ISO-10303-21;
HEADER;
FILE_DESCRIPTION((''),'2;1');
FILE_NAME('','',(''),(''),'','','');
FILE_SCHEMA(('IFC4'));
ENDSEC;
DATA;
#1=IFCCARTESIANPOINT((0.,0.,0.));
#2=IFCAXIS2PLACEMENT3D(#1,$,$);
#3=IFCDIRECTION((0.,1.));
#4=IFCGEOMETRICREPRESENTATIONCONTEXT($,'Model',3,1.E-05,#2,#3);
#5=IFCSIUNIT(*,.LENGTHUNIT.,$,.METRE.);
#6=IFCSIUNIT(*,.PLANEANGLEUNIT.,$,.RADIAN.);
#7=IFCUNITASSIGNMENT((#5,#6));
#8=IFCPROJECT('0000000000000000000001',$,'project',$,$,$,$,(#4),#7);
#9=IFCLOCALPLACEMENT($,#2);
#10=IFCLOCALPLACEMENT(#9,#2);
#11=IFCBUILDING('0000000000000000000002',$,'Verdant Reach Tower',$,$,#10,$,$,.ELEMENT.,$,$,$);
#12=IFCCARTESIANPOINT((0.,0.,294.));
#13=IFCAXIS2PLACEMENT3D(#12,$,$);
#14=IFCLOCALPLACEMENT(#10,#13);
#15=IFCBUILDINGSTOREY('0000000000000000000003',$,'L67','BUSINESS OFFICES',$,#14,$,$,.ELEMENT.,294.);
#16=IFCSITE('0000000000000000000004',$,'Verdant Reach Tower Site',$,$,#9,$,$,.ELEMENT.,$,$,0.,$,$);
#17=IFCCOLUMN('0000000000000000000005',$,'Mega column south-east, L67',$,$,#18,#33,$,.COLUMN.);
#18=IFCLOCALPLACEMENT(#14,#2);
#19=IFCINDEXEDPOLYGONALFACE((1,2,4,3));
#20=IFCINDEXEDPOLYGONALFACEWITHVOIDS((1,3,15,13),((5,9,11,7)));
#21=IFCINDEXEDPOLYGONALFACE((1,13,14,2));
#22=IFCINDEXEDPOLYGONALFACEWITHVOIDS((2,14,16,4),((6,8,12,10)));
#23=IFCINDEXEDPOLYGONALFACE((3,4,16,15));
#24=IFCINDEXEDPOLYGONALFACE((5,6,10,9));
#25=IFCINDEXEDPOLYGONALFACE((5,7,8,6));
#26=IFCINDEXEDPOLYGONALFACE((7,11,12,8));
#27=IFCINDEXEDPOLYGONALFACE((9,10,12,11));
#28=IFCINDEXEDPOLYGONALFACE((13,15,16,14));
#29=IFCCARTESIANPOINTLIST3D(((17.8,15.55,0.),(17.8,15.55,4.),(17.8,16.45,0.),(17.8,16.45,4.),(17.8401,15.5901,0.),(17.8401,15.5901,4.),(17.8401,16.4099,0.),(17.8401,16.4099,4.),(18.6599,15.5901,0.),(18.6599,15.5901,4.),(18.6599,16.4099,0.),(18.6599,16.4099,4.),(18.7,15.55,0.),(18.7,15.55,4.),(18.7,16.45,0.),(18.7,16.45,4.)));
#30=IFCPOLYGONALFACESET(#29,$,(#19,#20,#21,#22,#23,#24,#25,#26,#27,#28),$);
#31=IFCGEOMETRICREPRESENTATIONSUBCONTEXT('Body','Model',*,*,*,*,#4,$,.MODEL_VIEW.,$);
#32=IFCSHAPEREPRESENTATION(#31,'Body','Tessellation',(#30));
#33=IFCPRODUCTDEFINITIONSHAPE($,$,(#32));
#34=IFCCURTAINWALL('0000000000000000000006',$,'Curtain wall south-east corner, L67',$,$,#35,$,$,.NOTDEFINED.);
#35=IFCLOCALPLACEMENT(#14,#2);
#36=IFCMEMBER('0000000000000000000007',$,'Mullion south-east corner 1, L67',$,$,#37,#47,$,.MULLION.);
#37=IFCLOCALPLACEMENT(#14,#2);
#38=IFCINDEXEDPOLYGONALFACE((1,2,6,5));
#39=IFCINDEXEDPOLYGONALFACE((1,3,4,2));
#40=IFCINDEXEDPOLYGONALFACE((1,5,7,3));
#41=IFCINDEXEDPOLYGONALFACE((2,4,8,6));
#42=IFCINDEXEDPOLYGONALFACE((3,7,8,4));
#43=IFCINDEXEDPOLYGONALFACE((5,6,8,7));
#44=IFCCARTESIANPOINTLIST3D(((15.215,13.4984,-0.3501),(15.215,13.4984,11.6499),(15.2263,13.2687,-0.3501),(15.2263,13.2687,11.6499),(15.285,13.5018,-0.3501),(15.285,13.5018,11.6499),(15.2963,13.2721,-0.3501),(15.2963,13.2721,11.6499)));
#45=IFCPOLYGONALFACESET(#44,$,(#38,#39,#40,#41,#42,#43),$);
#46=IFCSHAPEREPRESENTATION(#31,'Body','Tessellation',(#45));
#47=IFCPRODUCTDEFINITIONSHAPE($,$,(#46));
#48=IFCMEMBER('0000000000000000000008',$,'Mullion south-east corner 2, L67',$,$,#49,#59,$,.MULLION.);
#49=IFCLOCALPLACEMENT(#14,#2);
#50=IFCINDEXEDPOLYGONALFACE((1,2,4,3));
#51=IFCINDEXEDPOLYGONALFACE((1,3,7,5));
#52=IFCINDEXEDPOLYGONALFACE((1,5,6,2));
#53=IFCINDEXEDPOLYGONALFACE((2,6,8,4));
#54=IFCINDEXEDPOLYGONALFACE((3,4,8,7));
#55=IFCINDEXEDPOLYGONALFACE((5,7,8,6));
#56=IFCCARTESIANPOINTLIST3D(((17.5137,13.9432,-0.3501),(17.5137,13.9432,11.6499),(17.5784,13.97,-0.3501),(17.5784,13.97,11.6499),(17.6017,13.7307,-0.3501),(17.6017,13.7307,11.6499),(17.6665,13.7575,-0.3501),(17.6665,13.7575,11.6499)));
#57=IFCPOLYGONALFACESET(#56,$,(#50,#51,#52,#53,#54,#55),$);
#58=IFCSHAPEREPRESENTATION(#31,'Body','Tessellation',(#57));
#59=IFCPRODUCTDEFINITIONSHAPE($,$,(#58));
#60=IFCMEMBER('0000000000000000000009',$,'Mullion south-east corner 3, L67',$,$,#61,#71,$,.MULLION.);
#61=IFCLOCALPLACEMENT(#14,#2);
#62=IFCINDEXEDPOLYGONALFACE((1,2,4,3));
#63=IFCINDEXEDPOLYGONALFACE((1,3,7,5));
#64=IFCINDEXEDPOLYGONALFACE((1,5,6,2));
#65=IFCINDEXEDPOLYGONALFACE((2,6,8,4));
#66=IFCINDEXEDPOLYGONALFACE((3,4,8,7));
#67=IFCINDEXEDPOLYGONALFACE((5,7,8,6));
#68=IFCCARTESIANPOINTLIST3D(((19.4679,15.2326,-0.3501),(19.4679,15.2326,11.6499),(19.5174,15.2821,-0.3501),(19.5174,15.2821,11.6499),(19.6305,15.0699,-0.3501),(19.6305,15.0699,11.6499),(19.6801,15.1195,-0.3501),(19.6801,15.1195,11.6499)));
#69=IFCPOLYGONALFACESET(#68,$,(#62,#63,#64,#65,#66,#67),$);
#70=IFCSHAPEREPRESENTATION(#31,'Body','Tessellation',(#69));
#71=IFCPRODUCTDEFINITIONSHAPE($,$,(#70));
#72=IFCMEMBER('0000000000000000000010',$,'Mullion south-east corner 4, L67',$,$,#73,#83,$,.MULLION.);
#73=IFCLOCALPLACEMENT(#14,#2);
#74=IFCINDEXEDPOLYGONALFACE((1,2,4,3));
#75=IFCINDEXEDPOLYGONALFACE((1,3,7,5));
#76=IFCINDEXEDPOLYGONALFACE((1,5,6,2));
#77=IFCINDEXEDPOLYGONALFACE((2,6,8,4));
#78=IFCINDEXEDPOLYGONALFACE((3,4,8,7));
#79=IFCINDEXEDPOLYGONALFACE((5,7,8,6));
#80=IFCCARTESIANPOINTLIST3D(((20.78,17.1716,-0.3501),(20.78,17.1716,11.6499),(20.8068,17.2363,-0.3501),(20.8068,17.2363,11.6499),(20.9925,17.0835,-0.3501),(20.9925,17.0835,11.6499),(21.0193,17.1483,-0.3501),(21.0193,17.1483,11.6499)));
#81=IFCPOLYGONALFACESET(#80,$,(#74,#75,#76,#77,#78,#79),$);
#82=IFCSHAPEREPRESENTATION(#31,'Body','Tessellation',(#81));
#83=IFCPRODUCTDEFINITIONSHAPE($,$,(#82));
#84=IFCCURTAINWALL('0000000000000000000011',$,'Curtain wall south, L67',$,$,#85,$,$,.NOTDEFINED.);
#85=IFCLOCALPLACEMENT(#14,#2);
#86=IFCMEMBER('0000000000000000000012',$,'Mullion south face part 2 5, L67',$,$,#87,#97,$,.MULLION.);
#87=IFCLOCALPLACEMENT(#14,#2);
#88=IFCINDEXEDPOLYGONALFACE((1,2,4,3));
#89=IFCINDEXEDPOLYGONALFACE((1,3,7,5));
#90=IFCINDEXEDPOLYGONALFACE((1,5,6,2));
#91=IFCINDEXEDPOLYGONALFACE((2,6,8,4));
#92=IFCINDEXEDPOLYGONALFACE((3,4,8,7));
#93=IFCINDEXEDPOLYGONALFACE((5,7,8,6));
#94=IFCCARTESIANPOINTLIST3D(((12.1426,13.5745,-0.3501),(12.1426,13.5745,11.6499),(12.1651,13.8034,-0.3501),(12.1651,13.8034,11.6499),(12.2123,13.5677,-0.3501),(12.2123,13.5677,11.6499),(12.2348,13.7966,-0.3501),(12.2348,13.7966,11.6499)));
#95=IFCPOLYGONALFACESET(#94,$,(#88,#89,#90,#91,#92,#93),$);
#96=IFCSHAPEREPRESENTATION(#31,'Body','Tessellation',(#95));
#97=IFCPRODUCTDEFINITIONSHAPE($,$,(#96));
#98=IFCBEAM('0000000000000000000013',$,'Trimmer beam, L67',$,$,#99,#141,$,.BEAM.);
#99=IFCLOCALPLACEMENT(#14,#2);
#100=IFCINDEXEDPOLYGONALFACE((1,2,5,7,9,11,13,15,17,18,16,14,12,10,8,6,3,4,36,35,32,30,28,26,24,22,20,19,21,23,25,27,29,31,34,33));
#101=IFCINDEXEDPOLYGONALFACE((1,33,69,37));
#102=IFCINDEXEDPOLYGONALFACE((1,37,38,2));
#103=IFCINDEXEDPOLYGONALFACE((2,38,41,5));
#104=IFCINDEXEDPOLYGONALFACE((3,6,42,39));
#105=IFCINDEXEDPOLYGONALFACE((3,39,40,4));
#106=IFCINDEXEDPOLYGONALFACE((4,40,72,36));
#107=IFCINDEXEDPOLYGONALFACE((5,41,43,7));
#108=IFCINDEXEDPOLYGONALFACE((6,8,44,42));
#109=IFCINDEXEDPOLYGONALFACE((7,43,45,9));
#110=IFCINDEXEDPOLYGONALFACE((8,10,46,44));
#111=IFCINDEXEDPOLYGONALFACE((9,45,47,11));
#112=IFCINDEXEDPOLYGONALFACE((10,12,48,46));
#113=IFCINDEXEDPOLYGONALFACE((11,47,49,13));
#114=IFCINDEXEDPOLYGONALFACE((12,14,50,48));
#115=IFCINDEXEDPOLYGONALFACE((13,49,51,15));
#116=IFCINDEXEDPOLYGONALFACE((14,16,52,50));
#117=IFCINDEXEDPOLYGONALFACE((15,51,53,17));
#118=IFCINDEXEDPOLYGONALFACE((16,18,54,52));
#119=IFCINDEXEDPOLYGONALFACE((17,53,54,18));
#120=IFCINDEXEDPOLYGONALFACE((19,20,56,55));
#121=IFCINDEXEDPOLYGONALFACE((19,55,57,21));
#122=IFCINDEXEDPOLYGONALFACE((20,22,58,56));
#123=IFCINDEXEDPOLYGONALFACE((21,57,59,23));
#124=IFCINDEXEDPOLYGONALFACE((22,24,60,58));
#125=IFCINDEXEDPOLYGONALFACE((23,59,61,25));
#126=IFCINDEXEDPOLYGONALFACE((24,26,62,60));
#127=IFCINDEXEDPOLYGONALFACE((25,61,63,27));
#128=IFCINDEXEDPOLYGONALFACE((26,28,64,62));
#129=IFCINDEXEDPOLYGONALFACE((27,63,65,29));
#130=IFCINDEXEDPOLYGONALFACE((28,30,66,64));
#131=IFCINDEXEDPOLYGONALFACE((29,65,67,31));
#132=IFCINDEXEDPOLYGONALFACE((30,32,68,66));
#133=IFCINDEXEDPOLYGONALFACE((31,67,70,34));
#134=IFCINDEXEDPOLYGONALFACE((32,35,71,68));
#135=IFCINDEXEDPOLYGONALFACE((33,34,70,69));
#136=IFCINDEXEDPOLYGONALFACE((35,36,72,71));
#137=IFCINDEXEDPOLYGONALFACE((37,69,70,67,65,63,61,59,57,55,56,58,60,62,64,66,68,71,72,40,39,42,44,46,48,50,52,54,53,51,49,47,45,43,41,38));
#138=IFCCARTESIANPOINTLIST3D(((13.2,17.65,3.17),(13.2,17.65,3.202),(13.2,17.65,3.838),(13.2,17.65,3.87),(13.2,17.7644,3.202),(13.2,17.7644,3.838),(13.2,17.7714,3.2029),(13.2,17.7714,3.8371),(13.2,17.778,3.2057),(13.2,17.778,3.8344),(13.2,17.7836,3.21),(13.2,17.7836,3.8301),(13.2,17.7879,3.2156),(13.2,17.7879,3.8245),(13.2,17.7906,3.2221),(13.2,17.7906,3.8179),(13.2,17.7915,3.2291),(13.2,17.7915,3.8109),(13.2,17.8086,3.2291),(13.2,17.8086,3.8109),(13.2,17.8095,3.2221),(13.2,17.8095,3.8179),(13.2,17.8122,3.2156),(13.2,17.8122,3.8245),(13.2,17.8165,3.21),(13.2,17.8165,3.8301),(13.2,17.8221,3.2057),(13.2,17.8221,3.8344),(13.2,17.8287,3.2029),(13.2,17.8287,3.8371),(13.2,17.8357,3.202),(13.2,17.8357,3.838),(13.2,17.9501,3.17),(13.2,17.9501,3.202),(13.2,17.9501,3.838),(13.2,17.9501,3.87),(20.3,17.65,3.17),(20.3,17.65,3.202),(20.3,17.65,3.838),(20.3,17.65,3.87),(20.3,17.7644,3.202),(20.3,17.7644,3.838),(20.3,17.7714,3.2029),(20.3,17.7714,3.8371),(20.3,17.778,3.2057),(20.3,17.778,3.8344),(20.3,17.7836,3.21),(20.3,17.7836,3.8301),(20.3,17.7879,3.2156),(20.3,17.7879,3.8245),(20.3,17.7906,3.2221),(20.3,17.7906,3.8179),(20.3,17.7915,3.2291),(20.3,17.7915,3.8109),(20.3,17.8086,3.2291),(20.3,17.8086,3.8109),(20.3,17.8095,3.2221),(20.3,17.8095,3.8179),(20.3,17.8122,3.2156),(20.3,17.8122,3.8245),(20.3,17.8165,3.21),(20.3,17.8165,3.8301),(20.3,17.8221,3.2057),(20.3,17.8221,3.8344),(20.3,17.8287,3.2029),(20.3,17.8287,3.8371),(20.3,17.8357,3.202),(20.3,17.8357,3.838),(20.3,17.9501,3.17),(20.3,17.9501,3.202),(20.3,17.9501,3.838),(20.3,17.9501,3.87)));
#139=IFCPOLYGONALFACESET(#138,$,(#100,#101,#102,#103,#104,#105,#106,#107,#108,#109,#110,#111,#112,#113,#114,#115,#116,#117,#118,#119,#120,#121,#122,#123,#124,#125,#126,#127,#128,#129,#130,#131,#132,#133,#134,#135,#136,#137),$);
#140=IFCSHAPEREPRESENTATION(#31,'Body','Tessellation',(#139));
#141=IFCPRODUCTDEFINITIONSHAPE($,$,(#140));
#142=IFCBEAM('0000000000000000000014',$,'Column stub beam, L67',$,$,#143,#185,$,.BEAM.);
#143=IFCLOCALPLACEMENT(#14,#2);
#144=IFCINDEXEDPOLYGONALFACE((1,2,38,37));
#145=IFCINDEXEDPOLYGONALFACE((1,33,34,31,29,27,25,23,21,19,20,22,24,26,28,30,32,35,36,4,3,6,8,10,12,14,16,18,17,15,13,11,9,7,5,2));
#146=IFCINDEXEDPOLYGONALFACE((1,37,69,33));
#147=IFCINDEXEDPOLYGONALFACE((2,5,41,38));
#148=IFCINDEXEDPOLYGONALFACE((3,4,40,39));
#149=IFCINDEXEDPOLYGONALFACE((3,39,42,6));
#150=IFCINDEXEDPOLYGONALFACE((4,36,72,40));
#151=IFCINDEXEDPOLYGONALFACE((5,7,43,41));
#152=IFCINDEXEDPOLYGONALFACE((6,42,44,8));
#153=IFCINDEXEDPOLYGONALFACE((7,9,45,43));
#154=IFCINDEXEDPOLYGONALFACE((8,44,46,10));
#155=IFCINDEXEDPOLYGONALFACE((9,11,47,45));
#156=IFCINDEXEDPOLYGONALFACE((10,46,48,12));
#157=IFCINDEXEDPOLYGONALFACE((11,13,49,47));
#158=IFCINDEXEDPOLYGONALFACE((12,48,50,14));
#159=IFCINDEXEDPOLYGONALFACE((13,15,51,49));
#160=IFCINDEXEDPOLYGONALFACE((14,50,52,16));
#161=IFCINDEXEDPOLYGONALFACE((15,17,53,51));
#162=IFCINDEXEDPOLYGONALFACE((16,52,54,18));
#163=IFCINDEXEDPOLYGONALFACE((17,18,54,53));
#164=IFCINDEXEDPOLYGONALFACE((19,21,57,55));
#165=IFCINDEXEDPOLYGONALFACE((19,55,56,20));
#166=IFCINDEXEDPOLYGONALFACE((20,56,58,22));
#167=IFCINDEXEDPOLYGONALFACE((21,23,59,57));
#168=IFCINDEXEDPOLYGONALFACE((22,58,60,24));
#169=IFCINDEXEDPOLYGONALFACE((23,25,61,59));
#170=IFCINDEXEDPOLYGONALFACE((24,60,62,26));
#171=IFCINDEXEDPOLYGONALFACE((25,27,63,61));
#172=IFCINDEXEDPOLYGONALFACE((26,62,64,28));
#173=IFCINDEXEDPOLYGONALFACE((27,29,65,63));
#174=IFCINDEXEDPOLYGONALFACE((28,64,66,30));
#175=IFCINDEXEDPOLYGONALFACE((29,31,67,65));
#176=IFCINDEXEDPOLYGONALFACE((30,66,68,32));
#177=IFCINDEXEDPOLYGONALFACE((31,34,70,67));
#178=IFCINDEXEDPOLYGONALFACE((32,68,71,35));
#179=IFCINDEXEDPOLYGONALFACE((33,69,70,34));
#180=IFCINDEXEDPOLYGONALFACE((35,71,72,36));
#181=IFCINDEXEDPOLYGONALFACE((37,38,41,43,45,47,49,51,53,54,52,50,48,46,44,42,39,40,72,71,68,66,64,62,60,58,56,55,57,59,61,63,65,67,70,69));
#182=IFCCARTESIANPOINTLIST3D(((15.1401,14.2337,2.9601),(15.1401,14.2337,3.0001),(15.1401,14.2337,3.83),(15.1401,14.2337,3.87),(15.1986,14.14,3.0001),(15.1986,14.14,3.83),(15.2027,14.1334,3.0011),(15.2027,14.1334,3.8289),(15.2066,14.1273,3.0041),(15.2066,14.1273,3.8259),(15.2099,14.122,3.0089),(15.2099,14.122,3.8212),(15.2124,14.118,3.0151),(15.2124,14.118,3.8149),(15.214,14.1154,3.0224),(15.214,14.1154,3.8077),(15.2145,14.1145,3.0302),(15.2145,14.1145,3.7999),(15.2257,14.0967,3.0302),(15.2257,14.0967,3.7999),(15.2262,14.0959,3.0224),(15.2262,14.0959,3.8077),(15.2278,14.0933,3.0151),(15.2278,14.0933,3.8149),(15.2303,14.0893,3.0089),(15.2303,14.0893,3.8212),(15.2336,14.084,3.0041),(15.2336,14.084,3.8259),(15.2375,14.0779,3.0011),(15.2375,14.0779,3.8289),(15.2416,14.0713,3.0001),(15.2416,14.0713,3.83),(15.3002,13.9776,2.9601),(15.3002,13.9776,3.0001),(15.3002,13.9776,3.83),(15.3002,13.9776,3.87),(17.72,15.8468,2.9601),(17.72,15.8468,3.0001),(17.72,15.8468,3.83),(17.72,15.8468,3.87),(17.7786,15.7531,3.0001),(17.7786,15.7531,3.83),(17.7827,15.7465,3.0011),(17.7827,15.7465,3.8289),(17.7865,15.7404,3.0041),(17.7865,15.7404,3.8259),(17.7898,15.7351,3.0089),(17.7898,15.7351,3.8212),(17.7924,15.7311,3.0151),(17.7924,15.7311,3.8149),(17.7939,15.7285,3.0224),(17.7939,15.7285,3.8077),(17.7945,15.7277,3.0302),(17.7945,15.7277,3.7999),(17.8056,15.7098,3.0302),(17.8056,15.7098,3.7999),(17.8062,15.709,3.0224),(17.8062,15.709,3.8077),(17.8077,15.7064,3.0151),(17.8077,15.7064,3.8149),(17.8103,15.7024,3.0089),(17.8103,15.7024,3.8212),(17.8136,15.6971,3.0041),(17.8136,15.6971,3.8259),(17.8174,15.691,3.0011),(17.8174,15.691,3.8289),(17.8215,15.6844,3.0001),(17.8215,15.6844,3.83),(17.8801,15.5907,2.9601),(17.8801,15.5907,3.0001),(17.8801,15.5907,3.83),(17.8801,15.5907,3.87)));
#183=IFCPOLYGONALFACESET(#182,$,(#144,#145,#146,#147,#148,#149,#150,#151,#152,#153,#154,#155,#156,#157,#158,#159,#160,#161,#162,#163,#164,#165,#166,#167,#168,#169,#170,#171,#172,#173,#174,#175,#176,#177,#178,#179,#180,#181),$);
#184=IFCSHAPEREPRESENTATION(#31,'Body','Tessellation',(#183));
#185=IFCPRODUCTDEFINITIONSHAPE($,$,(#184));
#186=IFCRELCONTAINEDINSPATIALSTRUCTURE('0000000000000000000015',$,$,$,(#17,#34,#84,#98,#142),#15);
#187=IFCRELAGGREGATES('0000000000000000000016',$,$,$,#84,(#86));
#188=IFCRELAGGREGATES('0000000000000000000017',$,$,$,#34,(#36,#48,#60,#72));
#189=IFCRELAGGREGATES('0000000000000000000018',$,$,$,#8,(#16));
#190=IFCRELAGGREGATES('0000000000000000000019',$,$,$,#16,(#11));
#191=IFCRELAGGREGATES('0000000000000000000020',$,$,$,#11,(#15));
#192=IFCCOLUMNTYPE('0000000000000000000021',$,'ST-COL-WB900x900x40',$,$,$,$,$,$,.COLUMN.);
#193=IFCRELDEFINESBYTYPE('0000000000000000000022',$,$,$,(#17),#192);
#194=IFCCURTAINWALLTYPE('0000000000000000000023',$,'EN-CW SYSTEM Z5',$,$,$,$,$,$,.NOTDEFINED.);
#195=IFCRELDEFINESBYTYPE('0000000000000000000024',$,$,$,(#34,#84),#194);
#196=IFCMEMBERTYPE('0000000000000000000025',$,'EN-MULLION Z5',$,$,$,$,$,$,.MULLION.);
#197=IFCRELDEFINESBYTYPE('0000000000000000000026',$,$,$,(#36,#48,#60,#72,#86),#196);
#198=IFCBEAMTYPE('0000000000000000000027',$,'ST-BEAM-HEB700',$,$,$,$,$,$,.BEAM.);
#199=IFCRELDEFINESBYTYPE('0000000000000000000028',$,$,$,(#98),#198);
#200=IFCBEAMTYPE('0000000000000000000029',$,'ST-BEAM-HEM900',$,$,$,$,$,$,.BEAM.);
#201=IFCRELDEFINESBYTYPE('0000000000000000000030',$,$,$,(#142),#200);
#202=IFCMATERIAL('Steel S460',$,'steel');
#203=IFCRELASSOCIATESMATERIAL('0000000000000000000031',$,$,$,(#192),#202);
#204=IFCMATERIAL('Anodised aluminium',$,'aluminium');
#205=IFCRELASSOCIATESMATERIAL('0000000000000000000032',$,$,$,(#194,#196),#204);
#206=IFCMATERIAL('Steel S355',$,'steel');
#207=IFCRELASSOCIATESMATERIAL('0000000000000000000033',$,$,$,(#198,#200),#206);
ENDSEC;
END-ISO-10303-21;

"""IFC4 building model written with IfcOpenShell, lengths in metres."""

from ifc_helpers import new_model, si_unit, direction, frame, origin, origin_2d, place, context, subcontext, project, spatial, rectangle, hollow_rectangle, i_section, extrude, material, material_profile, profile_set, type_object, element, aggregate, save


model = new_model("IFC4")

# Units and contexts
model_context = context("Model", 3, precision=1e-05, world=origin(), true_north=direction((0.0, 1.0)))
body_context = subcontext(model_context, "Body", "Model", "MODEL_VIEW")
ifc_project = project(units=[si_unit("LENGTHUNIT", "METRE"), si_unit("PLANEANGLEUNIT", "RADIAN")], contexts=[model_context])

# Site, building, storey
site_placement = place(None, origin())
site = spatial("IfcSite", under=ifc_project, at=site_placement, Name="Verdant Reach Tower Site", CompositionType="ELEMENT", RefElevation=0.0)
building_placement = place(site_placement, origin())
building = spatial("IfcBuilding", under=site, at=building_placement, Name="Verdant Reach Tower", CompositionType="ELEMENT")
storey_placement = place(building_placement, frame((0.0, 0.0, 294.0)))
storey = spatial("IfcBuildingStorey", under=building, at=storey_placement, Name="L67", Description="BUSINESS OFFICES", CompositionType="ELEMENT", Elevation=294.0)

# Column
ifc_material_1 = material(Name="Steel S460", Category="steel")
ifc_material_profile_1 = material_profile(ifc_material_1, hollow_rectangle(XDim=0.8999, YDim=0.8999, WallThickness=0.04, at=origin_2d()), Name="WB 900x900x40")
ifc_profile_set_1 = profile_set([ifc_material_profile_1], Name="Steel S460")
column_type = type_object("IfcColumnType", Name="ST-COL-WB900x900x40", PredefinedType="COLUMN", material=ifc_profile_set_1)
column_placement = place(storey_placement, frame((18.25, 16.0, 0.0), z_axis=(0.0, 0.0, 1.0), x_axis=(1.0, 0.0, 0.0)))
element("IfcColumn", 1, at=column_placement, inside=storey, type_object=column_type, Name="Mega column south-east, L67", PredefinedType="COLUMN", context=body_context, shape_type="SweptSolid", body=[
    extrude(hollow_rectangle(XDim=0.8999, YDim=0.8999, WallThickness=0.04, at=origin_2d()), origin(), (0.0, 0.0, 1.0), 4.0),
])

# Curtain wall, members
ifc_material_2 = material(Name="Anodised aluminium", Category="aluminium")
curtain_wall_type = type_object("IfcCurtainWallType", Name="EN-CW SYSTEM Z5", PredefinedType="NOTDEFINED", material=ifc_material_2)
curtain_wall_1_placement = place(storey_placement, origin())
curtain_wall_1 = element("IfcCurtainWall", 2, at=curtain_wall_1_placement, inside=storey, type_object=curtain_wall_type, Name="Curtain wall south-east corner, L67", PredefinedType="NOTDEFINED")
ifc_material_profile_2 = material_profile(ifc_material_2, rectangle(XDim=0.23, YDim=0.0701, at=origin_2d()), Name="Mullion 70x230")
ifc_profile_set_2 = profile_set([ifc_material_profile_2], Name="Anodised aluminium")
member_type = type_object("IfcMemberType", Name="EN-MULLION Z5", PredefinedType="MULLION", material=ifc_profile_set_2)
member_1_placement = place(storey_placement, frame((15.2556, 13.3853, -0.3501), z_axis=(0.0, 0.0, 1.0), x_axis=(0.049128, -0.998793, 0.0)))
member_1 = element("IfcMember", 3, at=member_1_placement, type_object=member_type, Name="Mullion south-east corner 1, L67", PredefinedType="MULLION", context=body_context, shape_type="SweptSolid", body=[
    extrude(rectangle(XDim=0.23, YDim=0.0701, at=origin_2d()), origin(), (0.0, 0.0, 1.0), 12.0),
])
member_2_placement = place(storey_placement, frame((17.5901, 13.8503, -0.3501), z_axis=(0.0, 0.0, 1.0), x_axis=(0.382694, -0.923875, 0.0)))
member_2 = element("IfcMember", 4, at=member_2_placement, type_object=member_type, Name="Mullion south-east corner 2, L67", PredefinedType="MULLION", context=body_context, shape_type="SweptSolid", body=[
    extrude(rectangle(XDim=0.23, YDim=0.0701, at=origin_2d()), origin(), (0.0, 0.0, 1.0), 12.0),
])
member_3_placement = place(storey_placement, frame((19.574, 15.176, -0.3501), z_axis=(0.0, 0.0, 1.0), x_axis=(0.707107, -0.707107, 0.0)))
member_3 = element("IfcMember", 5, at=member_3_placement, type_object=member_type, Name="Mullion south-east corner 3, L67", PredefinedType="MULLION", context=body_context, shape_type="SweptSolid", body=[
    extrude(rectangle(XDim=0.23, YDim=0.0701, at=origin_2d()), origin(), (0.0, 0.0, 1.0), 12.0),
])
member_4_placement = place(storey_placement, frame((20.8997, 17.1599, -0.3501), z_axis=(0.0, 0.0, 1.0), x_axis=(0.923875, -0.382694, 0.0)))
member_4 = element("IfcMember", 6, at=member_4_placement, type_object=member_type, Name="Mullion south-east corner 4, L67", PredefinedType="MULLION", context=body_context, shape_type="SweptSolid", body=[
    extrude(rectangle(XDim=0.23, YDim=0.0701, at=origin_2d()), origin(), (0.0, 0.0, 1.0), 12.0),
])

# Curtain wall, member
curtain_wall_2_placement = place(storey_placement, origin())
curtain_wall_2 = element("IfcCurtainWall", 7, at=curtain_wall_2_placement, inside=storey, type_object=curtain_wall_type, Name="Curtain wall south, L67", PredefinedType="NOTDEFINED")
member_5_placement = place(storey_placement, frame((12.1887, 13.6855, -0.3501), z_axis=(0.0, 0.0, 1.0), x_axis=(-0.097888, -0.995197, 0.0)))
member_5 = element("IfcMember", 8, at=member_5_placement, type_object=member_type, Name="Mullion south face part 2 5, L67", PredefinedType="MULLION", context=body_context, shape_type="SweptSolid", body=[
    extrude(rectangle(XDim=0.23, YDim=0.0701, at=origin_2d()), origin(), (0.0, 0.0, 1.0), 12.0),
])

# Beams
ifc_material_3 = material(Name="Steel S355", Category="steel")
ifc_material_profile_3 = material_profile(ifc_material_3, i_section(OverallWidth=0.3, OverallDepth=0.7, WebThickness=0.0171, FlangeThickness=0.032, FilletRadius=0.0271, at=origin_2d()), Name="HEB 700")
ifc_profile_set_3 = profile_set([ifc_material_profile_3], Name="Steel S355")
beam_type_1 = type_object("IfcBeamType", Name="ST-BEAM-HEB700", PredefinedType="BEAM", material=ifc_profile_set_3)
beam_1_placement = place(storey_placement, frame((13.2, 17.8, 3.52), z_axis=(1.0, 0.0, 0.0), x_axis=(0.0, 1.0, 0.0)))
element("IfcBeam", 9, at=beam_1_placement, inside=storey, type_object=beam_type_1, Name="Trimmer beam, L67", PredefinedType="BEAM", context=body_context, shape_type="SweptSolid", body=[
    extrude(i_section(OverallWidth=0.3, OverallDepth=0.7, WebThickness=0.0171, FlangeThickness=0.032, FilletRadius=0.0271, at=origin_2d()), origin(), (0.0, 0.0, 1.0), 7.1001),
])
ifc_material_profile_4 = material_profile(ifc_material_3, i_section(OverallWidth=0.302, OverallDepth=0.9099, WebThickness=0.021, FlangeThickness=0.04, FilletRadius=0.03, at=origin_2d()), Name="HEM 900")
ifc_profile_set_4 = profile_set([ifc_material_profile_4], Name="Steel S355")
beam_type_2 = type_object("IfcBeamType", Name="ST-BEAM-HEM900", PredefinedType="BEAM", material=ifc_profile_set_4)
beam_2_placement = place(storey_placement, frame((17.8, 15.7188, 3.415), z_axis=(-0.847904, -0.53015, 0.0), x_axis=(0.53015, -0.847904, 0.0)))
element("IfcBeam", 10, at=beam_2_placement, inside=storey, type_object=beam_type_2, Name="Column stub beam, L67", PredefinedType="BEAM", context=body_context, shape_type="SweptSolid", body=[
    extrude(i_section(OverallWidth=0.302, OverallDepth=0.9099, WebThickness=0.021, FlangeThickness=0.04, FilletRadius=0.03, at=origin_2d()), origin(), (0.0, 0.0, 1.0), 3.0427),
])

aggregate(curtain_wall_2, [member_5])
aggregate(curtain_wall_1, [member_1, member_2, member_3, member_4])

save(model, "model.ifc")
